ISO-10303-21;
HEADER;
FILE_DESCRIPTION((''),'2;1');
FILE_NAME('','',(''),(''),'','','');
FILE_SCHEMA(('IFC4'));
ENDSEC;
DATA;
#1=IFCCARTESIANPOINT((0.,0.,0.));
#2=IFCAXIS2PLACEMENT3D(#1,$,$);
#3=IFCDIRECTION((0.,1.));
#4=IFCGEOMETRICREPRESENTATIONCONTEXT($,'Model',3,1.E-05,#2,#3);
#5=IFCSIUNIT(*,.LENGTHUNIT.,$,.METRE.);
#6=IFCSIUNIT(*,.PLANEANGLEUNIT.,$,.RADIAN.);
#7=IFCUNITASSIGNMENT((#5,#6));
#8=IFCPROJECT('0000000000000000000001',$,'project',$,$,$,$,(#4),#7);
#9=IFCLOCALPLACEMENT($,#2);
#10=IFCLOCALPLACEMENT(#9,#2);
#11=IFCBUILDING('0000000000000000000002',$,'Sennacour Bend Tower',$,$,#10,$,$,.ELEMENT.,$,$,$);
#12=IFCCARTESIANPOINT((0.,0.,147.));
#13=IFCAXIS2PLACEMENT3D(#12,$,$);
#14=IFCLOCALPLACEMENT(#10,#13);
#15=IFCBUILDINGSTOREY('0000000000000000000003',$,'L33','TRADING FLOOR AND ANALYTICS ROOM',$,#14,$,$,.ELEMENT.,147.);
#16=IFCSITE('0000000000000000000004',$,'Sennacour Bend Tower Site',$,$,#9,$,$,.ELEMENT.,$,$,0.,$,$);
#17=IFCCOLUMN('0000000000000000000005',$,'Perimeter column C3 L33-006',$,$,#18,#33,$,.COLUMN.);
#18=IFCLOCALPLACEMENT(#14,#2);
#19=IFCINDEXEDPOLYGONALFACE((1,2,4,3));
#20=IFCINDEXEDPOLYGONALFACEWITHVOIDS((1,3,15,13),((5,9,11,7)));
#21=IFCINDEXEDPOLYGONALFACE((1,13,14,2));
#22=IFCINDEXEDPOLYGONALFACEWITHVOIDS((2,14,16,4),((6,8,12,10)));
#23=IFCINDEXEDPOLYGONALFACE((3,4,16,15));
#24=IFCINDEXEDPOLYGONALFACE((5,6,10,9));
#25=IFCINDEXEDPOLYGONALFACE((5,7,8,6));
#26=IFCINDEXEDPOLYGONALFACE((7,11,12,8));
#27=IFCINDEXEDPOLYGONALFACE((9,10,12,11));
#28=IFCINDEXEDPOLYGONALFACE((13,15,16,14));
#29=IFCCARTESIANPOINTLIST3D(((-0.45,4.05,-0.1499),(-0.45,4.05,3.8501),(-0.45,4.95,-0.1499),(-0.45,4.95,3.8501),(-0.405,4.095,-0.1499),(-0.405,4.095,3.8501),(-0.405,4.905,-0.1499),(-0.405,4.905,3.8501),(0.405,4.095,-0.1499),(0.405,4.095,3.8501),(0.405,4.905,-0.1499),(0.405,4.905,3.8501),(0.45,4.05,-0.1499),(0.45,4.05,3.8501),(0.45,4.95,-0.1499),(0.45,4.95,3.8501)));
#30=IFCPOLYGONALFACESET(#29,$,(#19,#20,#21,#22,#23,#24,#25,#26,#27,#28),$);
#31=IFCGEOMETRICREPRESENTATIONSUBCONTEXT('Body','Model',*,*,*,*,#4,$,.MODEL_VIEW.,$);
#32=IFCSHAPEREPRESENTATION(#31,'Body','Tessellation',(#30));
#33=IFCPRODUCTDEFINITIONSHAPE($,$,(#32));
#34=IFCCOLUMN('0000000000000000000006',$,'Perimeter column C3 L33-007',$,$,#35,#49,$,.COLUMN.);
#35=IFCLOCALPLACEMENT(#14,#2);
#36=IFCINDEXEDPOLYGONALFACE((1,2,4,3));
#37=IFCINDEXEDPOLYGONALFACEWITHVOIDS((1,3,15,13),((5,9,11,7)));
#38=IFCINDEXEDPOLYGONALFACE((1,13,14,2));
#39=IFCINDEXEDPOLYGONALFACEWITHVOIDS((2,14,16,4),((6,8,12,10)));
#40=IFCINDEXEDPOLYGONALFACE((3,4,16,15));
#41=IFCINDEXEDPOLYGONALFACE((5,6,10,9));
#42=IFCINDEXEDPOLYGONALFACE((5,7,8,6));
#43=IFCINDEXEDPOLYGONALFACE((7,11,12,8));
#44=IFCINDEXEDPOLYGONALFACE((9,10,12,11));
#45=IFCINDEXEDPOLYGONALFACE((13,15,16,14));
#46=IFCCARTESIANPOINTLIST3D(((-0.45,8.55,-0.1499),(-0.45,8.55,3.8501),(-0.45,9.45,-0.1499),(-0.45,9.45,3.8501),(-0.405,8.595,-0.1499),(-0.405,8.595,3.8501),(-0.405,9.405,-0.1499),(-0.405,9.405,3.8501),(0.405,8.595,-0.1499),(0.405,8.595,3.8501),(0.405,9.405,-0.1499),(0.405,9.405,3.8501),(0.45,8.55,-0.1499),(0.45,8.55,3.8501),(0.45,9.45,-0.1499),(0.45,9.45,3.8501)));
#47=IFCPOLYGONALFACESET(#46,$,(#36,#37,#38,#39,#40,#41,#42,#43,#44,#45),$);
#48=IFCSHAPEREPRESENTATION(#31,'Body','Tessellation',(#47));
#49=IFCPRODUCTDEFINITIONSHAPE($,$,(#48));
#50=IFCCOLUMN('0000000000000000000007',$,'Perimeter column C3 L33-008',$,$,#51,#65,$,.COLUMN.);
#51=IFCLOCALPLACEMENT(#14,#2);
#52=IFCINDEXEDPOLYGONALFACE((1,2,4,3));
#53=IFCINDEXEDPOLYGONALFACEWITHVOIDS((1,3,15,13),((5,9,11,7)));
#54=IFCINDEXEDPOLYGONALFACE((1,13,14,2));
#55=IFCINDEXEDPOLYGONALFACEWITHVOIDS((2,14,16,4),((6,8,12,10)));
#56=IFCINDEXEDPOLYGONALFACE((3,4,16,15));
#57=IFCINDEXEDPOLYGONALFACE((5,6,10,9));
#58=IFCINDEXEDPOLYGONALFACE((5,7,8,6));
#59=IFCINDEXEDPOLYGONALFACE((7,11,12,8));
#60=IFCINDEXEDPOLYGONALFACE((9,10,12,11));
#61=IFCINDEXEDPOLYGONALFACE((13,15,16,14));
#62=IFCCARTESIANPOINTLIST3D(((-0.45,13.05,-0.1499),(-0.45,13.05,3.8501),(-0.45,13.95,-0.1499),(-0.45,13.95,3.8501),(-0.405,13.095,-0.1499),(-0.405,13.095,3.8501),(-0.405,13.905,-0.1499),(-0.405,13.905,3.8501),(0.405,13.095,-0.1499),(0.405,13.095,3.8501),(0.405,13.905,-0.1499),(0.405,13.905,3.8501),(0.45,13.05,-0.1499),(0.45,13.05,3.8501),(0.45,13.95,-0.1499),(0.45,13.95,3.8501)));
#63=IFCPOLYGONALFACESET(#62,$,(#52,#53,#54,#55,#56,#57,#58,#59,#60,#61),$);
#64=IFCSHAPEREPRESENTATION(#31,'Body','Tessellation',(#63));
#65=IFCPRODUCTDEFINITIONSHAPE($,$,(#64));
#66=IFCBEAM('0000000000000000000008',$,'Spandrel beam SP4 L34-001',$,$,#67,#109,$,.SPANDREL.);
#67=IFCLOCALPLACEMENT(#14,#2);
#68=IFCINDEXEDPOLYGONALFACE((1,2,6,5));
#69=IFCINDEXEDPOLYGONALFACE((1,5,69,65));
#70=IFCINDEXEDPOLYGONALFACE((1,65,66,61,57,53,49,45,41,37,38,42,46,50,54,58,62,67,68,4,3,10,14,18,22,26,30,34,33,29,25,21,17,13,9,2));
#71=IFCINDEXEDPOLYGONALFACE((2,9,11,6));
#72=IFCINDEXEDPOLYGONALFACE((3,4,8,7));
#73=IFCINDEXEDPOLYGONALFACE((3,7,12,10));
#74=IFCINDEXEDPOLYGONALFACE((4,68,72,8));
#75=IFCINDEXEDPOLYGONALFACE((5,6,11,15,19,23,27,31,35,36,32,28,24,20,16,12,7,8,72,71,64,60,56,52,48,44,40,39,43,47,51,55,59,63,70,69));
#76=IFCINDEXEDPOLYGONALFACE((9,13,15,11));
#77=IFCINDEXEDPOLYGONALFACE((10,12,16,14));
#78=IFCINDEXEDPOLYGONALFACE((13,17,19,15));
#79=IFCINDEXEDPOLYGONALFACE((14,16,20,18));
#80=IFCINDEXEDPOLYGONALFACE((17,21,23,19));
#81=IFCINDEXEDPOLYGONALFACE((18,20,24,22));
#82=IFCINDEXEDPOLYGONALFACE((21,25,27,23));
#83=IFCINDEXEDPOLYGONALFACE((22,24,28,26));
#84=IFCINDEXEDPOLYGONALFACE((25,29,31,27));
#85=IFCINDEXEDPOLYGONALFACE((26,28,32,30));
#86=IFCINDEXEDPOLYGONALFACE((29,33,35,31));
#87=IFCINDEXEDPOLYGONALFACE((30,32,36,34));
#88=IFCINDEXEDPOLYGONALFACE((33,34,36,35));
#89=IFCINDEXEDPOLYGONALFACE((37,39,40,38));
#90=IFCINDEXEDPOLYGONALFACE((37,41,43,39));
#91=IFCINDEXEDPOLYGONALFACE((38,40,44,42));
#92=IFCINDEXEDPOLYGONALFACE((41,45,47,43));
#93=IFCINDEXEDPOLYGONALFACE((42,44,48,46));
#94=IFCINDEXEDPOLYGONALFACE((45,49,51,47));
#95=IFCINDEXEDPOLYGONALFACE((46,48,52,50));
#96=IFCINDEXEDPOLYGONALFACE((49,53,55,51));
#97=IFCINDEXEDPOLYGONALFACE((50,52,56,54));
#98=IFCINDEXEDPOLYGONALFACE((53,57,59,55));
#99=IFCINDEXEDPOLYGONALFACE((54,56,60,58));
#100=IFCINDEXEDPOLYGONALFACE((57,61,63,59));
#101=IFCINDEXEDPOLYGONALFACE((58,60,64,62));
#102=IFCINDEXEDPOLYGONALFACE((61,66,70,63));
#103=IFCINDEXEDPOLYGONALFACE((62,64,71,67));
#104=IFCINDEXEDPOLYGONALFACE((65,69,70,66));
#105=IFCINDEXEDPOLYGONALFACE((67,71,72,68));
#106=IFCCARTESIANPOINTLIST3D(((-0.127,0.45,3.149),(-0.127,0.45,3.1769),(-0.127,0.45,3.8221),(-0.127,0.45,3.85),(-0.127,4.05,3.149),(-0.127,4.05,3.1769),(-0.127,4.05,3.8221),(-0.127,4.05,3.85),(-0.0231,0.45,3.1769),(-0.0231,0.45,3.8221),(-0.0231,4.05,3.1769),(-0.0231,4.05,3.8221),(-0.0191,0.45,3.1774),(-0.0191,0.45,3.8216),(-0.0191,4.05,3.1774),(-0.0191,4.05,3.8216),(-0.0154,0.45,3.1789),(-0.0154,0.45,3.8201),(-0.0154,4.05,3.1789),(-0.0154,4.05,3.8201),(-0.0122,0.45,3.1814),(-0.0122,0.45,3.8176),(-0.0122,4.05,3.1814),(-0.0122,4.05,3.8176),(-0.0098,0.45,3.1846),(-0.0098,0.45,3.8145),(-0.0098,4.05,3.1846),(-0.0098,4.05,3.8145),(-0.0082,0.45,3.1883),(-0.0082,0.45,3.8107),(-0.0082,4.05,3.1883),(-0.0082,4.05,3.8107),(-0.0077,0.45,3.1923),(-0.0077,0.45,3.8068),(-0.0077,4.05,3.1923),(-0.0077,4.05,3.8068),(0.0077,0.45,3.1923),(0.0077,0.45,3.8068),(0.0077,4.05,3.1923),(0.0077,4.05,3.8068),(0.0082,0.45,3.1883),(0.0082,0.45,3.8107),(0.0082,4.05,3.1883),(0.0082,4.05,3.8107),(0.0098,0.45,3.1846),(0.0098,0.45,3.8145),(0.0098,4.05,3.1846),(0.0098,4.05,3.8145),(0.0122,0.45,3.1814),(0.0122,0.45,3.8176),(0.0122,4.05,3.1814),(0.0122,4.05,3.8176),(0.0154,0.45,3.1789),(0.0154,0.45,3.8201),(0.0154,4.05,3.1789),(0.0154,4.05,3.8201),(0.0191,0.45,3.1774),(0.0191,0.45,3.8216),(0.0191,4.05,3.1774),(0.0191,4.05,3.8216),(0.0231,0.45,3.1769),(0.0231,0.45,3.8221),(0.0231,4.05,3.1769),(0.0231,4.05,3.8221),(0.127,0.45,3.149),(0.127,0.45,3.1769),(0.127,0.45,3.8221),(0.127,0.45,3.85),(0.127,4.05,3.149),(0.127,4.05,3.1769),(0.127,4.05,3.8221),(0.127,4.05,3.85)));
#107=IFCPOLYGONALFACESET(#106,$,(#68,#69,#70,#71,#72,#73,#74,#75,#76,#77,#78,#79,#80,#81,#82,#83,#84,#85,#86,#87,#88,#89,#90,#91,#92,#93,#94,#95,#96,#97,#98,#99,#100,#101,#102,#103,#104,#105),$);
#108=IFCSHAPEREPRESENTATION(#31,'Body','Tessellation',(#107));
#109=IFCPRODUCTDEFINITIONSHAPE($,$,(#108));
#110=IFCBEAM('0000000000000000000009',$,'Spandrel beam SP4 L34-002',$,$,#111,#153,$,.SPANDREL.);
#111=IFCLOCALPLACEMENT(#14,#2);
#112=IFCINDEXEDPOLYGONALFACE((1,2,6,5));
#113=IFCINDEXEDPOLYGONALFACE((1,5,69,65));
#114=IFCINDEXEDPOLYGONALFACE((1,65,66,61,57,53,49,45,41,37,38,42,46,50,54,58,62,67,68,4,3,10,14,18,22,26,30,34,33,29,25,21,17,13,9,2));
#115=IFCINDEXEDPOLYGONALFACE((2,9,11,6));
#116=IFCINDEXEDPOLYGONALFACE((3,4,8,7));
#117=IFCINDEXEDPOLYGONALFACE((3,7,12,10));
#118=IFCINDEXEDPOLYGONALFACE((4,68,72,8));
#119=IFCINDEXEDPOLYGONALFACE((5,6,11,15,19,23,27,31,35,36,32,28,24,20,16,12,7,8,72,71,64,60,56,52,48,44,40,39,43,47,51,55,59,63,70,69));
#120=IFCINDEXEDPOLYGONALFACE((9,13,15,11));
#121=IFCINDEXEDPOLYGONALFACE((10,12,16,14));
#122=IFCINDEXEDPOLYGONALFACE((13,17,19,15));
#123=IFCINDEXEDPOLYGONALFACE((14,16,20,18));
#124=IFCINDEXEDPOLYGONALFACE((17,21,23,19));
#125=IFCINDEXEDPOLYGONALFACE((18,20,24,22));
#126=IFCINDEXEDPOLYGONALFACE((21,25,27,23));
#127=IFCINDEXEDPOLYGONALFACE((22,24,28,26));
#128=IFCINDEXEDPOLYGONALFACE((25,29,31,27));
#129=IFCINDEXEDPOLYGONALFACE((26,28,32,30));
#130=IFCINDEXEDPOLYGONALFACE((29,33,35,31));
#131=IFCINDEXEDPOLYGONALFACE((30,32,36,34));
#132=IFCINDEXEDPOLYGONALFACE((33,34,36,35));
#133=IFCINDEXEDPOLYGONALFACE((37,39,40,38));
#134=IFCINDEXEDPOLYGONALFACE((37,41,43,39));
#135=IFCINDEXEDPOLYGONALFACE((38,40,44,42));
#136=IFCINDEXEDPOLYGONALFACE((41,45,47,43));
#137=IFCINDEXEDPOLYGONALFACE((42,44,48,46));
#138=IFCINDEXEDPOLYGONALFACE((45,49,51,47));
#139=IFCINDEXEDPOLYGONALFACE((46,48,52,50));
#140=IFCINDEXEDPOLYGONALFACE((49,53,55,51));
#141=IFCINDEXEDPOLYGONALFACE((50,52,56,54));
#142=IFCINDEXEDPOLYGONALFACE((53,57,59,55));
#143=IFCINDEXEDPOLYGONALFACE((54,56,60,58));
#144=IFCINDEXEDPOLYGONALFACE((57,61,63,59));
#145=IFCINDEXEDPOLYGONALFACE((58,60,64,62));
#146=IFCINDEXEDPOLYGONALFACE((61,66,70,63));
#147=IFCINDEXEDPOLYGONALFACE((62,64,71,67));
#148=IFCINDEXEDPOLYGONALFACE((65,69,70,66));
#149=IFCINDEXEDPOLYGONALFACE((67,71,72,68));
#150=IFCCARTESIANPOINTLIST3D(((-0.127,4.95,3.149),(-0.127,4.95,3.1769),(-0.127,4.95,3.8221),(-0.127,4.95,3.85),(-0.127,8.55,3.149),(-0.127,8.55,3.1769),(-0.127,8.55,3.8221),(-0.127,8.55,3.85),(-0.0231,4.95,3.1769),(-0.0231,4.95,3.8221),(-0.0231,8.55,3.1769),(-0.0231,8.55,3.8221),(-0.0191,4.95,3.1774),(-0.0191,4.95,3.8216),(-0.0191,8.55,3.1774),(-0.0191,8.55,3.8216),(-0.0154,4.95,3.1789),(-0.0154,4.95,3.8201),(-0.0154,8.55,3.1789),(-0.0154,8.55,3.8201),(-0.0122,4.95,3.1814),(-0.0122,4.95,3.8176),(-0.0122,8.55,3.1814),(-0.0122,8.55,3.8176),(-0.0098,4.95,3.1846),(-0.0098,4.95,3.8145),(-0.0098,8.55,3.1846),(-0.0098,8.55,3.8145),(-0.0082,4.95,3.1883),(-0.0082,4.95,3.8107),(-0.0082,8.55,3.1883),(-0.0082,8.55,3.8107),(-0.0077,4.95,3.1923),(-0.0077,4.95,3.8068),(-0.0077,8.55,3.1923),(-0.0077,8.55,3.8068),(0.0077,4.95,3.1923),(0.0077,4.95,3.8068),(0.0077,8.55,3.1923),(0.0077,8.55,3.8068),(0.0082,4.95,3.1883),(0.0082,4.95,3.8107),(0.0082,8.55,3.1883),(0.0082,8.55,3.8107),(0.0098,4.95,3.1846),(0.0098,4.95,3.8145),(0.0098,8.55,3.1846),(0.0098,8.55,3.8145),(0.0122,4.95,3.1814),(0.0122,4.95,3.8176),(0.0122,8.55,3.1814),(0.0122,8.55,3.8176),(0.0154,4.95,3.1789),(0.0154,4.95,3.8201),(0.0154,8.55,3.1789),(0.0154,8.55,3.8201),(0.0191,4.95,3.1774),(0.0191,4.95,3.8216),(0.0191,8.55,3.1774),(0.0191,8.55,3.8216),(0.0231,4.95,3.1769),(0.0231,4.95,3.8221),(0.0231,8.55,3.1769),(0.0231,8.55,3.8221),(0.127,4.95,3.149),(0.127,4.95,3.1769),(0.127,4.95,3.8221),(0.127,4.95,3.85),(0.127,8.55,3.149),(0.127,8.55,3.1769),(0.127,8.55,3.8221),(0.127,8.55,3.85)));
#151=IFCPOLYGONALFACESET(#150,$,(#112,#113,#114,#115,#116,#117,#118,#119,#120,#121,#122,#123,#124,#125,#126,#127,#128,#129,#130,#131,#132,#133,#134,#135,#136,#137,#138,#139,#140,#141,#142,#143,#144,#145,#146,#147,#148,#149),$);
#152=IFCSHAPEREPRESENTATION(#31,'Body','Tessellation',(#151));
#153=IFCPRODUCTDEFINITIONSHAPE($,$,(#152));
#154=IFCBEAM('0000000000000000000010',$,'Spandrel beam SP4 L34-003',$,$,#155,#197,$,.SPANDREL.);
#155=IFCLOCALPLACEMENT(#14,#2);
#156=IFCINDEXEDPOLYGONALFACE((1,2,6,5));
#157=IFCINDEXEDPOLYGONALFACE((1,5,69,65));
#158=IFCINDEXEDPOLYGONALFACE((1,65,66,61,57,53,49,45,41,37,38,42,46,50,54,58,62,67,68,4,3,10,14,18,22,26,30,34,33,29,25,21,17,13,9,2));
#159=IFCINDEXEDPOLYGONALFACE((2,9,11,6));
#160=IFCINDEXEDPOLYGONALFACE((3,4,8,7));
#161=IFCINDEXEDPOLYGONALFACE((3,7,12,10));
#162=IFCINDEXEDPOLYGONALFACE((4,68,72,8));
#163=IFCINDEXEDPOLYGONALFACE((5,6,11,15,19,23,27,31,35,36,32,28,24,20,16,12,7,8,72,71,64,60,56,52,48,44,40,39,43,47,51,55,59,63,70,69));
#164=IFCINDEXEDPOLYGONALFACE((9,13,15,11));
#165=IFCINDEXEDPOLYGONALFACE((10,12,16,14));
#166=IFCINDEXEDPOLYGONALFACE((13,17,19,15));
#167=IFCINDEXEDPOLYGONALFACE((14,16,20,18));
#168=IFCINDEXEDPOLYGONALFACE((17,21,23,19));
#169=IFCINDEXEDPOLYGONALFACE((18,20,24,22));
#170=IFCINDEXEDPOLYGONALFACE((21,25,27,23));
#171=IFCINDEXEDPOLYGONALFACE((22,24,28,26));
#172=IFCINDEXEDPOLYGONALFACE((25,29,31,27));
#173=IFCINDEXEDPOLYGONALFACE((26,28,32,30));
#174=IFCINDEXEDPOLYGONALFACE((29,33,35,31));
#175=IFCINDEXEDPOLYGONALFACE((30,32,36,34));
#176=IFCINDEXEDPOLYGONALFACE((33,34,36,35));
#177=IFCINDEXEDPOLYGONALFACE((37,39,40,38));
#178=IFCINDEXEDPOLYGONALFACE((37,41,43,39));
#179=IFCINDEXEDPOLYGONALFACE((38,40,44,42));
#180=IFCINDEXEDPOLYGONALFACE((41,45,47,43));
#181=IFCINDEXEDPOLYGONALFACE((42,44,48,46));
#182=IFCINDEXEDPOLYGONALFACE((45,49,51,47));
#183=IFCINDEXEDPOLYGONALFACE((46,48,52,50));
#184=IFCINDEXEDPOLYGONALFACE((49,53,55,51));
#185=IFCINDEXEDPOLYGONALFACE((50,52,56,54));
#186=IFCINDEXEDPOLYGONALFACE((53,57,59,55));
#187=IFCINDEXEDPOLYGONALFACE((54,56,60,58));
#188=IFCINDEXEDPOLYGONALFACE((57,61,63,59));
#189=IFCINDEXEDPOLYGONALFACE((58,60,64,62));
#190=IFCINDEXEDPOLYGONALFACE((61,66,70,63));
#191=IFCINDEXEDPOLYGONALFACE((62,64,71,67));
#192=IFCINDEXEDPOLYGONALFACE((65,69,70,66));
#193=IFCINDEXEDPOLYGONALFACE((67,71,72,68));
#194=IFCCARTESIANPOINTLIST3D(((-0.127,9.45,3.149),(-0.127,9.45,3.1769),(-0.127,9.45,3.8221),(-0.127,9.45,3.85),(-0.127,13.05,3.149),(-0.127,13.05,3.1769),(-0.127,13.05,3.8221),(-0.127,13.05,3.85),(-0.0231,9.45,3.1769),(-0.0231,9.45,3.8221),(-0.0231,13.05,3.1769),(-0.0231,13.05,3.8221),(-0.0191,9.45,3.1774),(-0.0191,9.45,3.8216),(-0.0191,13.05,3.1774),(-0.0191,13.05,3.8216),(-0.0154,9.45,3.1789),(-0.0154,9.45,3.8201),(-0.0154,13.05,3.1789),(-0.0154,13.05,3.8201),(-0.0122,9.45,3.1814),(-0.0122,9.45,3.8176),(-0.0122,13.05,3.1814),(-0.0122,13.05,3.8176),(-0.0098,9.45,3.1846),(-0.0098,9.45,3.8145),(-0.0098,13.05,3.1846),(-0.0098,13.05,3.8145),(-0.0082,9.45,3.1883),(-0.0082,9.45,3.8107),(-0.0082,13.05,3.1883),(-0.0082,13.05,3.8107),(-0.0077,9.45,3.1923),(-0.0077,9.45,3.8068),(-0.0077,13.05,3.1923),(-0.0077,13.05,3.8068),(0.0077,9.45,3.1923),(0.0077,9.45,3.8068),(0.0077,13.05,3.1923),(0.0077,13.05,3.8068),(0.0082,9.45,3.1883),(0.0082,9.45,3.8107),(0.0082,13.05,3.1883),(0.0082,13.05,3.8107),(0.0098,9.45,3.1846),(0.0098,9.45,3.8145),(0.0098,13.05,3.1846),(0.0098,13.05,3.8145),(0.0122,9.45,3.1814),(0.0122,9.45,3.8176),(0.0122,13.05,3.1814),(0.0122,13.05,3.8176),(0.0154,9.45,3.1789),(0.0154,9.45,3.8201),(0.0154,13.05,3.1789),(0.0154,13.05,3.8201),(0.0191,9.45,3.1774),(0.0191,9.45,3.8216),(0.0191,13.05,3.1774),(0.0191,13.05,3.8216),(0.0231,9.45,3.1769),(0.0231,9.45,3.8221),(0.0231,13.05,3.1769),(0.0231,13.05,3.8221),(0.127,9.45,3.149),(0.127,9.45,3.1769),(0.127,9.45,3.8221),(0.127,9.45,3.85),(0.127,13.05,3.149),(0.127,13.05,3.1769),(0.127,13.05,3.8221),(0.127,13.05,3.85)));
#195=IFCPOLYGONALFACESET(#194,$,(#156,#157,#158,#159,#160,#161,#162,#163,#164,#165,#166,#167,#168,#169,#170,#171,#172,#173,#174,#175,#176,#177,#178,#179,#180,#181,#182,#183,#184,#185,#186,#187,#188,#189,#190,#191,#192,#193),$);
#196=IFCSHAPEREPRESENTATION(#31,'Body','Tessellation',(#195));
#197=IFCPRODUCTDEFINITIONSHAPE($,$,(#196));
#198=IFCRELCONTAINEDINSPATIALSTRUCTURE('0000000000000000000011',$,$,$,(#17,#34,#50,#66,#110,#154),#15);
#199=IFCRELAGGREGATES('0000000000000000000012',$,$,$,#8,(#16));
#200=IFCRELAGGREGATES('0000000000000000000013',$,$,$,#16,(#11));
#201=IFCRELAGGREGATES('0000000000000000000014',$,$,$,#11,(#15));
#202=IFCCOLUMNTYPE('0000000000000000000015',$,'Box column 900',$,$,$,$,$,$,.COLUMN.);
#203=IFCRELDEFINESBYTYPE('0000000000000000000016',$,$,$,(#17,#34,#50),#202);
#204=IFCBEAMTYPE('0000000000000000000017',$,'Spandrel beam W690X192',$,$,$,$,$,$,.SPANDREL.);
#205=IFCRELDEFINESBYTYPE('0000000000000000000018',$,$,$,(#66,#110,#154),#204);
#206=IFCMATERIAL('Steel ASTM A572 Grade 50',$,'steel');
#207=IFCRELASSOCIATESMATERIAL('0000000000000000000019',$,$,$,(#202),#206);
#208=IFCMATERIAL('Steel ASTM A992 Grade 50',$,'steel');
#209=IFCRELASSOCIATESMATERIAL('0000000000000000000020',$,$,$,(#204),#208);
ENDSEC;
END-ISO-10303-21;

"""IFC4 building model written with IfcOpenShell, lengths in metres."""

from ifc_helpers import new_model, si_unit, direction, frame, origin, origin_2d, place, context, subcontext, project, spatial, hollow_rectangle, i_section, extrude, material, material_profile, profile_set, type_object, element, save


model = new_model("IFC4")

# Units and contexts
model_context = context("Model", 3, precision=1e-05, world=origin(), true_north=direction((0.0, 1.0)))
body_context = subcontext(model_context, "Body", "Model", "MODEL_VIEW")
ifc_project = project(units=[si_unit("LENGTHUNIT", "METRE"), si_unit("PLANEANGLEUNIT", "RADIAN")], contexts=[model_context])

# Site, building, storey
site_placement = place(None, origin())
site = spatial("IfcSite", under=ifc_project, at=site_placement, Name="Sennacour Bend Tower Site", CompositionType="ELEMENT", RefElevation=0.0)
building_placement = place(site_placement, origin())
building = spatial("IfcBuilding", under=site, at=building_placement, Name="Sennacour Bend Tower", CompositionType="ELEMENT")
storey_placement = place(building_placement, frame((0.0, 0.0, 147.0)))
storey = spatial("IfcBuildingStorey", under=building, at=storey_placement, Name="L33", Description="TRADING FLOOR AND ANALYTICS ROOM", CompositionType="ELEMENT", Elevation=147.0)

# Columns
ifc_material_1 = material(Name="Steel ASTM A572 Grade 50", Category="steel")
ifc_material_profile_1 = material_profile(ifc_material_1, hollow_rectangle(XDim=0.8999, YDim=0.8999, WallThickness=0.0449, at=origin_2d()), Name="Steel ASTM A572 Grade 50", Category="steel")
ifc_profile_set_1 = profile_set([ifc_material_profile_1], Name="Steel ASTM A572 Grade 50")
column_type = type_object("IfcColumnType", Name="Box column 900", PredefinedType="COLUMN", material=ifc_profile_set_1)
for number, where, z_axis, x_axis, name in (
    (1, (0.0, 4.5, -0.1499), (0.0, 0.0, 1.0), (1.0, 0.0, 0.0), "Perimeter column C3 L33-006"),
    (2, (0.0, 9.0, -0.1499), (0.0, 0.0, 1.0), (1.0, 0.0, 0.0), "Perimeter column C3 L33-007"),
    (3, (0.0, 13.5, -0.1499), (0.0, 0.0, 1.0), (1.0, 0.0, 0.0), "Perimeter column C3 L33-008"),
):
    element("IfcColumn", number, at=place(storey_placement, frame(where, z_axis=z_axis, x_axis=x_axis)), inside=storey, type_object=column_type, Name=name, PredefinedType="COLUMN", context=body_context, shape_type="SweptSolid", body=[
        extrude(hollow_rectangle(XDim=0.8999, YDim=0.8999, WallThickness=0.0449, at=origin_2d()), origin(), (0.0, 0.0, 1.0), 4.0),
    ])

# Beams
ifc_material_2 = material(Name="Steel ASTM A992 Grade 50", Category="steel")
ifc_material_profile_2 = material_profile(ifc_material_2, i_section(OverallWidth=0.2539, OverallDepth=0.7009, WebThickness=0.0154, FlangeThickness=0.0278, FilletRadius=0.0154, at=origin_2d()), Name="Steel ASTM A992 Grade 50", Category="steel")
ifc_profile_set_2 = profile_set([ifc_material_profile_2], Name="Steel ASTM A992 Grade 50")
beam_type = type_object("IfcBeamType", Name="Spandrel beam W690X192", PredefinedType="SPANDREL", material=ifc_profile_set_2)
for number, where, z_axis, x_axis, name in (
    (4, (0.0, 0.45, 3.4995), (0.0, 1.0, 0.0), (-1.0, 0.0, 0.0), "Spandrel beam SP4 L34-001"),
    (5, (0.0, 4.95, 3.4995), (0.0, 1.0, 0.0), (-1.0, 0.0, 0.0), "Spandrel beam SP4 L34-002"),
    (6, (0.0, 9.45, 3.4995), (0.0, 1.0, 0.0), (-1.0, 0.0, 0.0), "Spandrel beam SP4 L34-003"),
):
    element("IfcBeam", number, at=place(storey_placement, frame(where, z_axis=z_axis, x_axis=x_axis)), inside=storey, type_object=beam_type, Name=name, PredefinedType="SPANDREL", context=body_context, shape_type="SweptSolid", body=[
        extrude(i_section(OverallWidth=0.2539, OverallDepth=0.7009, WebThickness=0.0154, FlangeThickness=0.0278, FilletRadius=0.0154, at=origin_2d()), origin(), (0.0, 0.0, 1.0), 3.6001),
    ])

save(model, "model.ifc")
